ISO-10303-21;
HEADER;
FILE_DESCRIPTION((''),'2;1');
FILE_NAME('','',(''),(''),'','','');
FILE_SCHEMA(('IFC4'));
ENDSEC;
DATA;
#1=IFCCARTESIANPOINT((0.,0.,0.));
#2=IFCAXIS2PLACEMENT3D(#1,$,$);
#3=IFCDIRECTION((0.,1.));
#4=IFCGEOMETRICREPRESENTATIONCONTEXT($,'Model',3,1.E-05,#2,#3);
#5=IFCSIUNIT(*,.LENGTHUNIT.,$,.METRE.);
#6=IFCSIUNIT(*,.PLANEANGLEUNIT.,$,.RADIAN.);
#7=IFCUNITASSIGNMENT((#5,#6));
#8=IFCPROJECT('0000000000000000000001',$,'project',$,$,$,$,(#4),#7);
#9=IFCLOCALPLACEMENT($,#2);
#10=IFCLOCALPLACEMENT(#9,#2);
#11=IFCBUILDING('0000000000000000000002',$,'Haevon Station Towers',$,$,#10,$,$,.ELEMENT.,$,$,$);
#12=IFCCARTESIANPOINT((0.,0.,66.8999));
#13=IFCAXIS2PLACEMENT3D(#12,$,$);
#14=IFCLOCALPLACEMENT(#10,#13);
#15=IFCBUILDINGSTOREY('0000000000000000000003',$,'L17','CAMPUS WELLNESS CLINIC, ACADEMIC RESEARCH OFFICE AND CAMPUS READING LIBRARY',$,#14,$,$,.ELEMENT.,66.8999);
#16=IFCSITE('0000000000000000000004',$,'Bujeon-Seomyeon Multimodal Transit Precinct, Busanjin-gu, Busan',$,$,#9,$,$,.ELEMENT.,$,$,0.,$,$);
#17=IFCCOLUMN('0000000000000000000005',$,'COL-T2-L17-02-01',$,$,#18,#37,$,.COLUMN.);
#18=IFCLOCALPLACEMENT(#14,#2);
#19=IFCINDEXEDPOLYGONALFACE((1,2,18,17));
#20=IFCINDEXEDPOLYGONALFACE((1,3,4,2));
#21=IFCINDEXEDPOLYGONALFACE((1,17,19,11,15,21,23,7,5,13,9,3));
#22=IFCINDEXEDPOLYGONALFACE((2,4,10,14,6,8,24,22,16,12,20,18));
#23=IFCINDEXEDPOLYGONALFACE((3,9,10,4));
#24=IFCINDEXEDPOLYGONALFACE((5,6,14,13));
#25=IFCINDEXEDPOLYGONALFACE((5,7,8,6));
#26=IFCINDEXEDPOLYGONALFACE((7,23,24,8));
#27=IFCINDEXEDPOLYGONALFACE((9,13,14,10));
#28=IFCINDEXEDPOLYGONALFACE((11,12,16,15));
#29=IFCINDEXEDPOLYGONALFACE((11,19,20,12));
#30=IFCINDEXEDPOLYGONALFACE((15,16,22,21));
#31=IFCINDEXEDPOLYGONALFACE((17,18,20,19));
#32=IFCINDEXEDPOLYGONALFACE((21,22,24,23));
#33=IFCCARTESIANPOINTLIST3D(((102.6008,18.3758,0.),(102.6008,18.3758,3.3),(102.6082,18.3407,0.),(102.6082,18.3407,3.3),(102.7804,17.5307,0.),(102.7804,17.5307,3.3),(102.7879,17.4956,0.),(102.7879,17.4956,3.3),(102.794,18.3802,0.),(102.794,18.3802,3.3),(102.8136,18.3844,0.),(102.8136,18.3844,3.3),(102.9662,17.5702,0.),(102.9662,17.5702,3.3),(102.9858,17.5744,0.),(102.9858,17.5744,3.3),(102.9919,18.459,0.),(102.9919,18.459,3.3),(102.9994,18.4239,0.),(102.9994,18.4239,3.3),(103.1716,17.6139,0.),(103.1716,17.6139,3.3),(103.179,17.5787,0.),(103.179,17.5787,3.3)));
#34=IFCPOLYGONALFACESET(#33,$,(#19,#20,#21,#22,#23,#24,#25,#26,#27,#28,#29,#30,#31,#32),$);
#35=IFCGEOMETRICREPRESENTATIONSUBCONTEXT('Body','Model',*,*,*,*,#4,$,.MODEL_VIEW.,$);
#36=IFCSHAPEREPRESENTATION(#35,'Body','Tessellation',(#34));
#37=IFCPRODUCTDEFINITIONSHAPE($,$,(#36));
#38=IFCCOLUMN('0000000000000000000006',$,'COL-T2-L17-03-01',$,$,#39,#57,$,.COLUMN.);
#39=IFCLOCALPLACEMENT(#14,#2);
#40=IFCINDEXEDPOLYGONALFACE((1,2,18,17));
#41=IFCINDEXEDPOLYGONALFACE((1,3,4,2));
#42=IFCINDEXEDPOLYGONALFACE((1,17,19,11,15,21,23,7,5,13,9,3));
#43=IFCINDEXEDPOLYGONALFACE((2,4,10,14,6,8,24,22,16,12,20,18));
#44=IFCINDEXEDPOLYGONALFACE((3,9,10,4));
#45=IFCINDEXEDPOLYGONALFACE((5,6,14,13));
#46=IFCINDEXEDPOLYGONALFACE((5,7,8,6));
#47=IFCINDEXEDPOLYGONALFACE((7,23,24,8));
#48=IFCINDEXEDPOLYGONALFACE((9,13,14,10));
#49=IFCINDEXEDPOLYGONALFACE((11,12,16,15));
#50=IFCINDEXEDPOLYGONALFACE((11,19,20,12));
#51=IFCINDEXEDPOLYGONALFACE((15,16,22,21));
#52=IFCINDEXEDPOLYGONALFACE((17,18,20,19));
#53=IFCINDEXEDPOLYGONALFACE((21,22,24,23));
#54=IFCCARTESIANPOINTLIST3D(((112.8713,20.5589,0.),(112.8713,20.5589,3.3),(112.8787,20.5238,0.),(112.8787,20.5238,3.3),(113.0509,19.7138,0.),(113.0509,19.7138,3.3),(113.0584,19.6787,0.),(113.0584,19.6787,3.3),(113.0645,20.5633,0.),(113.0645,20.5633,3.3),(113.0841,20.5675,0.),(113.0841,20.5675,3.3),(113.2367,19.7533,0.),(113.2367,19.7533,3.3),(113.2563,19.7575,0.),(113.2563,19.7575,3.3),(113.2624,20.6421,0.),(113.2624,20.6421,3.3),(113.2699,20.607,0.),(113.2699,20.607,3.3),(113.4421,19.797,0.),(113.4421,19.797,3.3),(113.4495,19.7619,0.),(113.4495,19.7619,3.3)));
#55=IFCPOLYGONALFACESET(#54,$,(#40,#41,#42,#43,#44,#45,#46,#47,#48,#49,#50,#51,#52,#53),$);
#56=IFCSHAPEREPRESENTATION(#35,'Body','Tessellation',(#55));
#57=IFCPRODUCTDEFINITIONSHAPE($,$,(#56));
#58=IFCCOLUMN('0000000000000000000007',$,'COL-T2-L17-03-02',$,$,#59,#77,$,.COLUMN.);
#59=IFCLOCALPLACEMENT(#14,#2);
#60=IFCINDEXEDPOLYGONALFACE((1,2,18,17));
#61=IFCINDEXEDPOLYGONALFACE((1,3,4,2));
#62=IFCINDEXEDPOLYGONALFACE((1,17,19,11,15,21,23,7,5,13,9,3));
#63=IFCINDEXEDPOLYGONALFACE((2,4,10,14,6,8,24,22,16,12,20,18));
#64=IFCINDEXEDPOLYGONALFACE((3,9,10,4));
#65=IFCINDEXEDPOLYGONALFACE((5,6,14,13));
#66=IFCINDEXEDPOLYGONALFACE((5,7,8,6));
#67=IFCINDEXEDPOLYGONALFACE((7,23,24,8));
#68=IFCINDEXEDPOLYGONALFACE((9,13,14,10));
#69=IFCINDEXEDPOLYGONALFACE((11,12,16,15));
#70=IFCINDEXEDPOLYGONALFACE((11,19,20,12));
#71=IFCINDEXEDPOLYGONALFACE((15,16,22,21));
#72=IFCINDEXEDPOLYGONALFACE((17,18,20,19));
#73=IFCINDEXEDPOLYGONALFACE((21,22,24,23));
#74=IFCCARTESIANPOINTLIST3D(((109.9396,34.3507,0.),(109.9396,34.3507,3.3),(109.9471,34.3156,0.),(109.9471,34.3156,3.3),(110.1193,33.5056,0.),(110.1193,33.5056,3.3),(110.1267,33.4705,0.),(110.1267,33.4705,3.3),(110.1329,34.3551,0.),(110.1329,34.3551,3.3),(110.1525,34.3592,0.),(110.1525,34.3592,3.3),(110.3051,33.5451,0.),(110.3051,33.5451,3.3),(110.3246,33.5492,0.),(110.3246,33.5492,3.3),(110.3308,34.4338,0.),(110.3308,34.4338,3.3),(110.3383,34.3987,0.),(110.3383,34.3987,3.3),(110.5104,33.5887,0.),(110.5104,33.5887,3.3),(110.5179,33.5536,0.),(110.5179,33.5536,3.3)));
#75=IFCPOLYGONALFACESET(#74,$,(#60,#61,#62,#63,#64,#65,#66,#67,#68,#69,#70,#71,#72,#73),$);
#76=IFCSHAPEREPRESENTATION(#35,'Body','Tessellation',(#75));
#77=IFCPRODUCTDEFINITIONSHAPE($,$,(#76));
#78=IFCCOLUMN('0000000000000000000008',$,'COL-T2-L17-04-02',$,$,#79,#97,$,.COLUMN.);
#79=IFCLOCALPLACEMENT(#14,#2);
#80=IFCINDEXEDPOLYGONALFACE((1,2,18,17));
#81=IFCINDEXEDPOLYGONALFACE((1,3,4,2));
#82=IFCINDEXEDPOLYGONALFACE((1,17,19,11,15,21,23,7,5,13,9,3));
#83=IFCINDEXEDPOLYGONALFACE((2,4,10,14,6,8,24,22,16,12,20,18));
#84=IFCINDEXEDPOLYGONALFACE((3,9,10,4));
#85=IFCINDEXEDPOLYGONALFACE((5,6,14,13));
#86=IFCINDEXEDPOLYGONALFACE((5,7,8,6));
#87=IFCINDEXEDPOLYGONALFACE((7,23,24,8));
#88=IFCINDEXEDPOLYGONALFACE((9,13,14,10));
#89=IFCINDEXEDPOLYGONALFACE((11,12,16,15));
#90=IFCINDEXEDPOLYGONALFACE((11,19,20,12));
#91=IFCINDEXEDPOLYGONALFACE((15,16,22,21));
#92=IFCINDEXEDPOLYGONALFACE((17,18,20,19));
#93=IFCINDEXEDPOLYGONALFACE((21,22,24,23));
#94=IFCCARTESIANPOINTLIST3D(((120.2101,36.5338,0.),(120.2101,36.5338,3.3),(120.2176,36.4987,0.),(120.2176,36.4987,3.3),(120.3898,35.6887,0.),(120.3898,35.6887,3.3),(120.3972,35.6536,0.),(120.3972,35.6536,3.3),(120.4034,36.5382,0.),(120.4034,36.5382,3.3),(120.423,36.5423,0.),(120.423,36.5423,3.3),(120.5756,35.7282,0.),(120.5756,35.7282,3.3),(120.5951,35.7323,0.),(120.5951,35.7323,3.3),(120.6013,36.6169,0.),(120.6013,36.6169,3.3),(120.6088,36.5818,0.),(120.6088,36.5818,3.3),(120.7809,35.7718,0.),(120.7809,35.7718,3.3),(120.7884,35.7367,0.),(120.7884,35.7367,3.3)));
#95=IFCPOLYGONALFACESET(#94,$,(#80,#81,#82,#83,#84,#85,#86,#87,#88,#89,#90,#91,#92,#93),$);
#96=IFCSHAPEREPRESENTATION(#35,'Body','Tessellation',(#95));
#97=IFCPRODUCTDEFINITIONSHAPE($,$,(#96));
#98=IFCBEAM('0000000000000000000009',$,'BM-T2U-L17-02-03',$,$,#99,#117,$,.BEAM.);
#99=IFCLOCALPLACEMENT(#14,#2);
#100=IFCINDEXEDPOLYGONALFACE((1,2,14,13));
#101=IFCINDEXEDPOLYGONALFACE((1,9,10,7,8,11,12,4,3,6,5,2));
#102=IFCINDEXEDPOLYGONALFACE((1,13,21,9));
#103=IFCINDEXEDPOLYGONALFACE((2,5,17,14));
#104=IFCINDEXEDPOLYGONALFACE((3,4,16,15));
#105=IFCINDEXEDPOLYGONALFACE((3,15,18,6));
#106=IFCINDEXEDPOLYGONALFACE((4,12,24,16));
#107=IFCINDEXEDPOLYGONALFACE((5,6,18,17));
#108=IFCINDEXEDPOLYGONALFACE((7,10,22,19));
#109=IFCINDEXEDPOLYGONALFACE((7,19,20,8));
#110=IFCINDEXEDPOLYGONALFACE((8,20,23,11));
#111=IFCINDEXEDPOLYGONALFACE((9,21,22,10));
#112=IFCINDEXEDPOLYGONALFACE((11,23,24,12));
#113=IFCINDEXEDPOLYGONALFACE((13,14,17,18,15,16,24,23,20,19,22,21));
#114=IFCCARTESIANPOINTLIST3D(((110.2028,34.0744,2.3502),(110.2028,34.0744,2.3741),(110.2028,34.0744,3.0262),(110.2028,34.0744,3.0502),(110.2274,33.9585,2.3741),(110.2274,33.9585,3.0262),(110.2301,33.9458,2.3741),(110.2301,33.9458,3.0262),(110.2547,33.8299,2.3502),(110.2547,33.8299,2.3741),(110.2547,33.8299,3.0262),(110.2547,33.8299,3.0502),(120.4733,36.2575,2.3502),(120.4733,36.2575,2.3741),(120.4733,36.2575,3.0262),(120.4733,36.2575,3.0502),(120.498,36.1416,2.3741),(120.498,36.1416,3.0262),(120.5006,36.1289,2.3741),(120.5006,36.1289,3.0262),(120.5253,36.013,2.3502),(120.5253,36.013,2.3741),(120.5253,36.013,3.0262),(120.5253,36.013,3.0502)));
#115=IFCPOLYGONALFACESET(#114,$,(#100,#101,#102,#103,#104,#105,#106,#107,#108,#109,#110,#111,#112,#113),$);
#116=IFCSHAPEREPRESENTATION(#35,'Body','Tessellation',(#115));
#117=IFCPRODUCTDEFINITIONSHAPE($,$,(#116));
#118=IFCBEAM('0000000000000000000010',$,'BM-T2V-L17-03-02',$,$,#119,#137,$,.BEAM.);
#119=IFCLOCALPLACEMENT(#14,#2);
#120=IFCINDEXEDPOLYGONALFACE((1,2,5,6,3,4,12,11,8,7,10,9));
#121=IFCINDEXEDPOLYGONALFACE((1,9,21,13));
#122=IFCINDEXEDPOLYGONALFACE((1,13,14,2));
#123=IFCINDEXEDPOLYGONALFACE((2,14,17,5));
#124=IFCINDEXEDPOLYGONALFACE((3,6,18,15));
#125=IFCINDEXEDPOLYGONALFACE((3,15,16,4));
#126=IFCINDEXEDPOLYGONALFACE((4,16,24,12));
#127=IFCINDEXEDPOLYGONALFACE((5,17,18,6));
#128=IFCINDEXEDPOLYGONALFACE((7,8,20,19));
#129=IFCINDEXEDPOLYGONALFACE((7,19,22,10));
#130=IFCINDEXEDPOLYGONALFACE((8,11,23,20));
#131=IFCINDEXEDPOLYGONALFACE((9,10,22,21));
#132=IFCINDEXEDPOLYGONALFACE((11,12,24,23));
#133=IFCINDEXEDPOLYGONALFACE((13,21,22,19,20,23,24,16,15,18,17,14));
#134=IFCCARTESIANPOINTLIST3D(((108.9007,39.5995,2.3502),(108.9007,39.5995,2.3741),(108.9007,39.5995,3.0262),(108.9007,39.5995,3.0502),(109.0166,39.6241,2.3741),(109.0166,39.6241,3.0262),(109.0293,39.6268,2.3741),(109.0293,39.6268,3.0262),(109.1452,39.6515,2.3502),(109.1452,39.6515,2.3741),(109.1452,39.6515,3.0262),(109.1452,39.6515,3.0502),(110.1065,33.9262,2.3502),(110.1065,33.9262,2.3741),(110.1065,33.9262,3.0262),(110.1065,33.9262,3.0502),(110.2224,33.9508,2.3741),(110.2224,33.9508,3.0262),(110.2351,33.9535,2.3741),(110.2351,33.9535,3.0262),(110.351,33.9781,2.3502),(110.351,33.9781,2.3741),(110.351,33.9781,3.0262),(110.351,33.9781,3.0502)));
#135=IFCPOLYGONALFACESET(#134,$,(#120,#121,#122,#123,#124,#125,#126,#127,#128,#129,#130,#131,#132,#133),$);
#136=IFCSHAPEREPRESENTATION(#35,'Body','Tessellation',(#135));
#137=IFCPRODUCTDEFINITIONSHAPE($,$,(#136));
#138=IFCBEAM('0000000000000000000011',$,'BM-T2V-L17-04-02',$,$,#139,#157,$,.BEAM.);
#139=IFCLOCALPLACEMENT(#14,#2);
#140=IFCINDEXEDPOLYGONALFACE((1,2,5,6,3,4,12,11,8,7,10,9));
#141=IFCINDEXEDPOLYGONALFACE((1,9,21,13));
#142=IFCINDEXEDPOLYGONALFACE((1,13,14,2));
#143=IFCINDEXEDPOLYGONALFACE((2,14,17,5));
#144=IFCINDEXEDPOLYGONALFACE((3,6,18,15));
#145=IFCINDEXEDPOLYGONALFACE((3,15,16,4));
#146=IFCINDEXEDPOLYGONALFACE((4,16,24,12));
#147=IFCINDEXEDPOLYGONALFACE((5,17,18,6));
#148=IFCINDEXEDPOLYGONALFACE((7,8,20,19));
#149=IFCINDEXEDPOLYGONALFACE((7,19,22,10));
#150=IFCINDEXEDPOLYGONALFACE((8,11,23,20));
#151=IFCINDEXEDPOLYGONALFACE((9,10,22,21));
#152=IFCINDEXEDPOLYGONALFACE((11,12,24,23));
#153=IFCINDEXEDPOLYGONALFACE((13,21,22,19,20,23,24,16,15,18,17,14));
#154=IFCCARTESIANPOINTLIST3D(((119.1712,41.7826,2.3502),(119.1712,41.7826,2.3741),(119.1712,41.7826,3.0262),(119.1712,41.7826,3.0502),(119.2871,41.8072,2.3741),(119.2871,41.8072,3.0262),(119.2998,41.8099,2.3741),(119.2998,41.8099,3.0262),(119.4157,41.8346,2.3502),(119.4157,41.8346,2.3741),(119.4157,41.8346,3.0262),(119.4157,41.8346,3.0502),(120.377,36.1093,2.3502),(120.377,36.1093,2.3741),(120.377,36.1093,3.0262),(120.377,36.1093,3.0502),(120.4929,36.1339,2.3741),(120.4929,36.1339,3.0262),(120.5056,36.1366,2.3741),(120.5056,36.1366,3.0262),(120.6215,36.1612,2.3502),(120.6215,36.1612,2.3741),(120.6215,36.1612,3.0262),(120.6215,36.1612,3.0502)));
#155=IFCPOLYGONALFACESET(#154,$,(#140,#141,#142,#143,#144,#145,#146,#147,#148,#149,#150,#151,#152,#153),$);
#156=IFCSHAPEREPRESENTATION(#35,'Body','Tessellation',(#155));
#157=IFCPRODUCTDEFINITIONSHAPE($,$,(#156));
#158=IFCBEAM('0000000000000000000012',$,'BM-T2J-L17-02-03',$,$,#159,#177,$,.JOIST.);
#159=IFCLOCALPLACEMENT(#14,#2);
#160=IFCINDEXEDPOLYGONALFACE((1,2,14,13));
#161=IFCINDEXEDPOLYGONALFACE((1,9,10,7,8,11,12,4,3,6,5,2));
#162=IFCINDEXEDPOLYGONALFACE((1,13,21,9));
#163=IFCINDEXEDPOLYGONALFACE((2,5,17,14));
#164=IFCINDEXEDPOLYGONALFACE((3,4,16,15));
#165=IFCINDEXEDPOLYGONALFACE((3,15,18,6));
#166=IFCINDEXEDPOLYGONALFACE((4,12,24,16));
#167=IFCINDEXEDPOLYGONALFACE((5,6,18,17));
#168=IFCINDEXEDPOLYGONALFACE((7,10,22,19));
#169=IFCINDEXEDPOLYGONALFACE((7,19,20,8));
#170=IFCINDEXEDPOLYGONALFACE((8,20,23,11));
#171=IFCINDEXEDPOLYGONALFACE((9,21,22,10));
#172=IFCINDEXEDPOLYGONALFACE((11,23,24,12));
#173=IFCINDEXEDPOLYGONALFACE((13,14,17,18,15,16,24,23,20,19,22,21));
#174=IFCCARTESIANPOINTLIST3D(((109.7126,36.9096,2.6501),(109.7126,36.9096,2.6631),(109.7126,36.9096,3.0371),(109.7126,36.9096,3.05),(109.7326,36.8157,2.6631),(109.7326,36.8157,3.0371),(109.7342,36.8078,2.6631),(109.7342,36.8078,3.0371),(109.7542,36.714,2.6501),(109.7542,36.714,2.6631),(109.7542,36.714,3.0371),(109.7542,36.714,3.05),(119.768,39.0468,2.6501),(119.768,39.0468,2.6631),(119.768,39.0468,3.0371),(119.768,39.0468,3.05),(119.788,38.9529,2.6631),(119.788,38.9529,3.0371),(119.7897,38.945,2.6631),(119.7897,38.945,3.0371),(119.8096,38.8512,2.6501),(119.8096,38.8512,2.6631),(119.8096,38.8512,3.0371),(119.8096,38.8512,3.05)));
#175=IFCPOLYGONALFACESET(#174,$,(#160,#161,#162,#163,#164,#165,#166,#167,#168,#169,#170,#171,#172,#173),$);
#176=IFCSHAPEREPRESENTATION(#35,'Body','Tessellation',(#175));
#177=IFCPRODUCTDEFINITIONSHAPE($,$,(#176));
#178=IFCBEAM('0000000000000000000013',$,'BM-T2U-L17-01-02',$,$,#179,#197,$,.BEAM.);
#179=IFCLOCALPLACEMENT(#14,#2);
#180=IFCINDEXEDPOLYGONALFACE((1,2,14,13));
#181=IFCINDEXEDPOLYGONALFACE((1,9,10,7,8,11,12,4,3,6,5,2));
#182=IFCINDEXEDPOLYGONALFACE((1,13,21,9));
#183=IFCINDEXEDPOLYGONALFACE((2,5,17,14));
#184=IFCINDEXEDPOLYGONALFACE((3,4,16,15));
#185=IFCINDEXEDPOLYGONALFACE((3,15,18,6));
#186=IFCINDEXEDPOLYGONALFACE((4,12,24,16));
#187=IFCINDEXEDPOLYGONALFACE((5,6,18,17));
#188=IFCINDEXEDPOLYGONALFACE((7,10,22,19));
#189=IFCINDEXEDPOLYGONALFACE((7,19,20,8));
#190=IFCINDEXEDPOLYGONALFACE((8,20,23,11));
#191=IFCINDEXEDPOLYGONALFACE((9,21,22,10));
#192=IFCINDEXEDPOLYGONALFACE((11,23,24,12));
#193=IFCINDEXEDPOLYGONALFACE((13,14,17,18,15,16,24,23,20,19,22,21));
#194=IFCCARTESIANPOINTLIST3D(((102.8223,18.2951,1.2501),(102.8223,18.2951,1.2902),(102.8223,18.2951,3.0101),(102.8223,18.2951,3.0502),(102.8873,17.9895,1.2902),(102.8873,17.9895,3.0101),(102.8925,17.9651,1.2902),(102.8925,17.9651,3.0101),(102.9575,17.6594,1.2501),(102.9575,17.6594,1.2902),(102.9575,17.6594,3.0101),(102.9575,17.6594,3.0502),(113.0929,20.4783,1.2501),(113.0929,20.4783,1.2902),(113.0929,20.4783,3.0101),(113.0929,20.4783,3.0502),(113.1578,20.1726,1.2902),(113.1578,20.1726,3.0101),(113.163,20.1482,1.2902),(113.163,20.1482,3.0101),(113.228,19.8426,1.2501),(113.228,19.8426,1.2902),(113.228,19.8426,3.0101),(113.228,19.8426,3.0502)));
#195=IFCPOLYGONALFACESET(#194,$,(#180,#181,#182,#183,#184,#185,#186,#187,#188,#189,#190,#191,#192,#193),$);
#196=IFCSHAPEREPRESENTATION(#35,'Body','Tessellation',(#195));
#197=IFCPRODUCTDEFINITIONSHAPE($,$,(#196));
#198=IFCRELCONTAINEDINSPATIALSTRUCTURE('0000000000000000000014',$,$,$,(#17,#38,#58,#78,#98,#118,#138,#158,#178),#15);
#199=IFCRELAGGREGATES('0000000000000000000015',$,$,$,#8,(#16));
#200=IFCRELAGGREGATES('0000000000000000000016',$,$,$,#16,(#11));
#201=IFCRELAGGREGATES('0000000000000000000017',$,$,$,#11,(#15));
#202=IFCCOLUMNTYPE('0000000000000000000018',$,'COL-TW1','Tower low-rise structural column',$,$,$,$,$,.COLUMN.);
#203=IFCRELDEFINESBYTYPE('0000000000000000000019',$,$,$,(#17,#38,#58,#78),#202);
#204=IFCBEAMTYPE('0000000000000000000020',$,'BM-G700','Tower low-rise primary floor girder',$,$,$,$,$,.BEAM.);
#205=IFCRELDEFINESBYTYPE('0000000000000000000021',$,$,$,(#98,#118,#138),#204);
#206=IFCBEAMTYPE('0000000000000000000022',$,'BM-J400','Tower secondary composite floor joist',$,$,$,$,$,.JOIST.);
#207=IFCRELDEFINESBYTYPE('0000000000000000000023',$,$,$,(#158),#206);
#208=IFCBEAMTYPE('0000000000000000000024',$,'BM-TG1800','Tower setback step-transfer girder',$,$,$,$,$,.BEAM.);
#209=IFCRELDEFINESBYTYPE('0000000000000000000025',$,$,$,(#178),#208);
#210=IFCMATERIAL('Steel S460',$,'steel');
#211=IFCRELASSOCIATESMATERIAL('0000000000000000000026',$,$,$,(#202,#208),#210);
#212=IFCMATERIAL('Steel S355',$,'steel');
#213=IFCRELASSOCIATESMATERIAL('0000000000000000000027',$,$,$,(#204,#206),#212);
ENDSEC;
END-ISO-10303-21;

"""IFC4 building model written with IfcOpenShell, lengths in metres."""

from ifc_helpers import new_model, si_unit, direction, frame, origin, origin_2d, place, context, subcontext, project, spatial, i_section, extrude, material, material_profile, profile_set, type_object, element, save


model = new_model("IFC4")

# Units and contexts
model_context = context("Model", 3, precision=1e-05, world=origin(), true_north=direction((0.0, 1.0)))
body_context = subcontext(model_context, "Body", "Model", "MODEL_VIEW")
ifc_project = project(units=[si_unit("LENGTHUNIT", "METRE"), si_unit("PLANEANGLEUNIT", "RADIAN")], contexts=[model_context])

# Site, building, storey
site_placement = place(None, origin())
site = spatial("IfcSite", under=ifc_project, at=site_placement, Name="Bujeon-Seomyeon Multimodal Transit Precinct, Busanjin-gu, Busan", CompositionType="ELEMENT", RefElevation=0.0)
building_placement = place(site_placement, origin())
building = spatial("IfcBuilding", under=site, at=building_placement, Name="Haevon Station Towers", CompositionType="ELEMENT")
storey_placement = place(building_placement, frame((0.0, 0.0, 66.8999)))
storey = spatial("IfcBuildingStorey", under=building, at=storey_placement, Name="L17", Description="CAMPUS WELLNESS CLINIC, ACADEMIC RESEARCH OFFICE AND CAMPUS READING LIBRARY", CompositionType="ELEMENT", Elevation=66.8999)

# Columns
ifc_material_1 = material(Name="Steel S460", Category="steel")
ifc_material_profile_1 = material_profile(ifc_material_1, i_section(OverallWidth=0.3999, OverallDepth=0.8999, WebThickness=0.02, FlangeThickness=0.0359, at=origin_2d()), Name="H-900x400x20x36")
ifc_profile_set_1 = profile_set([ifc_material_profile_1], Name="Steel S460")
column_type = type_object("IfcColumnType", Name="COL-TW1", Description="Tower low-rise structural column", PredefinedType="COLUMN", material=ifc_profile_set_1)
for number, where, z_axis, x_axis, name in (
    (1, (102.8899, 17.9773, 0.0), (0.0, 0.0, 1.0), (0.978148, 0.207912, 0.0), "COL-T2-L17-02-01"),
    (2, (113.1604, 20.1604, 0.0), (0.0, 0.0, 1.0), (0.978148, 0.207912, 0.0), "COL-T2-L17-03-01"),
    (3, (110.2288, 33.9521, 0.0), (0.0, 0.0, 1.0), (0.978148, 0.207912, 0.0), "COL-T2-L17-03-02"),
    (4, (120.4993, 36.1353, 0.0), (0.0, 0.0, 1.0), (0.978148, 0.207912, 0.0), "COL-T2-L17-04-02"),
):
    element("IfcColumn", number, at=place(storey_placement, frame(where, z_axis=z_axis, x_axis=x_axis)), inside=storey, type_object=column_type, Name=name, PredefinedType="COLUMN", context=body_context, shape_type="SweptSolid", body=[
        extrude(i_section(OverallWidth=0.3999, OverallDepth=0.8999, WebThickness=0.02, FlangeThickness=0.0359, at=origin_2d()), origin(), (0.0, 0.0, 1.0), 3.3),
    ])

# Beams
ifc_material_2 = material(Name="Steel S355", Category="steel")
ifc_material_profile_2 = material_profile(ifc_material_2, i_section(OverallWidth=0.25, OverallDepth=0.7, WebThickness=0.0129, FlangeThickness=0.0239, at=origin_2d()), Name="H-700x250x13x24")
ifc_profile_set_2 = profile_set([ifc_material_profile_2], Name="Steel S355")
beam_type_1 = type_object("IfcBeamType", Name="BM-G700", Description="Tower low-rise primary floor girder", PredefinedType="BEAM", material=ifc_profile_set_2)
beam_1_placement = place(storey_placement, frame((110.2288, 33.9521, 2.7002), z_axis=(0.978147, 0.207915, 0.0), x_axis=(-0.207915, 0.978147, 0.0)))
element("IfcBeam", 5, at=beam_1_placement, inside=storey, type_object=beam_type_1, Name="BM-T2U-L17-02-03", PredefinedType="BEAM", context=body_context, shape_type="SweptSolid", body=[
    extrude(i_section(OverallWidth=0.25, OverallDepth=0.7, WebThickness=0.0129, FlangeThickness=0.0239, at=origin_2d()), origin(), (0.0, 0.0, 1.0), 10.5),
])
for number, where, z_axis, x_axis, name in (
    (6, (110.2288, 33.9521, 2.7002), (-0.207896, 0.978151, 0.0), (-0.978151, -0.207896, 0.0), "BM-T2V-L17-03-02"),
    (7, (120.4993, 36.1353, 2.7002), (-0.207896, 0.978151, 0.0), (-0.978151, -0.207896, 0.0), "BM-T2V-L17-04-02"),
):
    element("IfcBeam", number, at=place(storey_placement, frame(where, z_axis=z_axis, x_axis=x_axis)), inside=storey, type_object=beam_type_1, Name=name, PredefinedType="BEAM", context=body_context, shape_type="SweptSolid", body=[
        extrude(i_section(OverallWidth=0.25, OverallDepth=0.7, WebThickness=0.0129, FlangeThickness=0.0239, at=origin_2d()), origin(), (0.0, 0.0, 1.0), 5.8),
    ])
ifc_material_profile_3 = material_profile(ifc_material_2, i_section(OverallWidth=0.2, OverallDepth=0.3999, WebThickness=0.0081, FlangeThickness=0.0129, at=origin_2d()), Name="H-400x200x8x13")
ifc_profile_set_3 = profile_set([ifc_material_profile_3], Name="Steel S355")
beam_type_2 = type_object("IfcBeamType", Name="BM-J400", Description="Tower secondary composite floor joist", PredefinedType="JOIST", material=ifc_profile_set_3)
beam_2_placement = place(storey_placement, frame((109.7334, 36.8118, 2.8501), z_axis=(0.97815, 0.207899, 0.0), x_axis=(-0.207899, 0.97815, 0.0)))
element("IfcBeam", 8, at=beam_2_placement, inside=storey, type_object=beam_type_2, Name="BM-T2J-L17-02-03", PredefinedType="JOIST", context=body_context, shape_type="SweptSolid", body=[
    extrude(i_section(OverallWidth=0.2, OverallDepth=0.3999, WebThickness=0.0081, FlangeThickness=0.0129, at=origin_2d()), origin(), (0.0, 0.0, 1.0), 10.28),
])
ifc_material_profile_4 = material_profile(ifc_material_1, i_section(OverallWidth=0.6499, OverallDepth=1.8, WebThickness=0.0249, FlangeThickness=0.04, at=origin_2d()), Name="H-1800x650x25x40")
ifc_profile_set_4 = profile_set([ifc_material_profile_4], Name="Steel S460")
beam_type_3 = type_object("IfcBeamType", Name="BM-TG1800", Description="Tower setback step-transfer girder", PredefinedType="BEAM", material=ifc_profile_set_4)
for number, where, z_axis, x_axis, name in (
    (9, (102.8899, 17.9773, 2.1501), (0.978147, 0.207915, 0.0), (-0.207915, 0.978147, 0.0), "BM-T2U-L17-01-02"),
):
    element("IfcBeam", number, at=place(storey_placement, frame(where, z_axis=z_axis, x_axis=x_axis)), inside=storey, type_object=beam_type_3, Name=name, PredefinedType="BEAM", context=body_context, shape_type="SweptSolid", body=[
        extrude(i_section(OverallWidth=0.6499, OverallDepth=1.8, WebThickness=0.0249, FlangeThickness=0.04, at=origin_2d()), origin(), (0.0, 0.0, 1.0), 10.5),
    ])

save(model, "model.ifc")
